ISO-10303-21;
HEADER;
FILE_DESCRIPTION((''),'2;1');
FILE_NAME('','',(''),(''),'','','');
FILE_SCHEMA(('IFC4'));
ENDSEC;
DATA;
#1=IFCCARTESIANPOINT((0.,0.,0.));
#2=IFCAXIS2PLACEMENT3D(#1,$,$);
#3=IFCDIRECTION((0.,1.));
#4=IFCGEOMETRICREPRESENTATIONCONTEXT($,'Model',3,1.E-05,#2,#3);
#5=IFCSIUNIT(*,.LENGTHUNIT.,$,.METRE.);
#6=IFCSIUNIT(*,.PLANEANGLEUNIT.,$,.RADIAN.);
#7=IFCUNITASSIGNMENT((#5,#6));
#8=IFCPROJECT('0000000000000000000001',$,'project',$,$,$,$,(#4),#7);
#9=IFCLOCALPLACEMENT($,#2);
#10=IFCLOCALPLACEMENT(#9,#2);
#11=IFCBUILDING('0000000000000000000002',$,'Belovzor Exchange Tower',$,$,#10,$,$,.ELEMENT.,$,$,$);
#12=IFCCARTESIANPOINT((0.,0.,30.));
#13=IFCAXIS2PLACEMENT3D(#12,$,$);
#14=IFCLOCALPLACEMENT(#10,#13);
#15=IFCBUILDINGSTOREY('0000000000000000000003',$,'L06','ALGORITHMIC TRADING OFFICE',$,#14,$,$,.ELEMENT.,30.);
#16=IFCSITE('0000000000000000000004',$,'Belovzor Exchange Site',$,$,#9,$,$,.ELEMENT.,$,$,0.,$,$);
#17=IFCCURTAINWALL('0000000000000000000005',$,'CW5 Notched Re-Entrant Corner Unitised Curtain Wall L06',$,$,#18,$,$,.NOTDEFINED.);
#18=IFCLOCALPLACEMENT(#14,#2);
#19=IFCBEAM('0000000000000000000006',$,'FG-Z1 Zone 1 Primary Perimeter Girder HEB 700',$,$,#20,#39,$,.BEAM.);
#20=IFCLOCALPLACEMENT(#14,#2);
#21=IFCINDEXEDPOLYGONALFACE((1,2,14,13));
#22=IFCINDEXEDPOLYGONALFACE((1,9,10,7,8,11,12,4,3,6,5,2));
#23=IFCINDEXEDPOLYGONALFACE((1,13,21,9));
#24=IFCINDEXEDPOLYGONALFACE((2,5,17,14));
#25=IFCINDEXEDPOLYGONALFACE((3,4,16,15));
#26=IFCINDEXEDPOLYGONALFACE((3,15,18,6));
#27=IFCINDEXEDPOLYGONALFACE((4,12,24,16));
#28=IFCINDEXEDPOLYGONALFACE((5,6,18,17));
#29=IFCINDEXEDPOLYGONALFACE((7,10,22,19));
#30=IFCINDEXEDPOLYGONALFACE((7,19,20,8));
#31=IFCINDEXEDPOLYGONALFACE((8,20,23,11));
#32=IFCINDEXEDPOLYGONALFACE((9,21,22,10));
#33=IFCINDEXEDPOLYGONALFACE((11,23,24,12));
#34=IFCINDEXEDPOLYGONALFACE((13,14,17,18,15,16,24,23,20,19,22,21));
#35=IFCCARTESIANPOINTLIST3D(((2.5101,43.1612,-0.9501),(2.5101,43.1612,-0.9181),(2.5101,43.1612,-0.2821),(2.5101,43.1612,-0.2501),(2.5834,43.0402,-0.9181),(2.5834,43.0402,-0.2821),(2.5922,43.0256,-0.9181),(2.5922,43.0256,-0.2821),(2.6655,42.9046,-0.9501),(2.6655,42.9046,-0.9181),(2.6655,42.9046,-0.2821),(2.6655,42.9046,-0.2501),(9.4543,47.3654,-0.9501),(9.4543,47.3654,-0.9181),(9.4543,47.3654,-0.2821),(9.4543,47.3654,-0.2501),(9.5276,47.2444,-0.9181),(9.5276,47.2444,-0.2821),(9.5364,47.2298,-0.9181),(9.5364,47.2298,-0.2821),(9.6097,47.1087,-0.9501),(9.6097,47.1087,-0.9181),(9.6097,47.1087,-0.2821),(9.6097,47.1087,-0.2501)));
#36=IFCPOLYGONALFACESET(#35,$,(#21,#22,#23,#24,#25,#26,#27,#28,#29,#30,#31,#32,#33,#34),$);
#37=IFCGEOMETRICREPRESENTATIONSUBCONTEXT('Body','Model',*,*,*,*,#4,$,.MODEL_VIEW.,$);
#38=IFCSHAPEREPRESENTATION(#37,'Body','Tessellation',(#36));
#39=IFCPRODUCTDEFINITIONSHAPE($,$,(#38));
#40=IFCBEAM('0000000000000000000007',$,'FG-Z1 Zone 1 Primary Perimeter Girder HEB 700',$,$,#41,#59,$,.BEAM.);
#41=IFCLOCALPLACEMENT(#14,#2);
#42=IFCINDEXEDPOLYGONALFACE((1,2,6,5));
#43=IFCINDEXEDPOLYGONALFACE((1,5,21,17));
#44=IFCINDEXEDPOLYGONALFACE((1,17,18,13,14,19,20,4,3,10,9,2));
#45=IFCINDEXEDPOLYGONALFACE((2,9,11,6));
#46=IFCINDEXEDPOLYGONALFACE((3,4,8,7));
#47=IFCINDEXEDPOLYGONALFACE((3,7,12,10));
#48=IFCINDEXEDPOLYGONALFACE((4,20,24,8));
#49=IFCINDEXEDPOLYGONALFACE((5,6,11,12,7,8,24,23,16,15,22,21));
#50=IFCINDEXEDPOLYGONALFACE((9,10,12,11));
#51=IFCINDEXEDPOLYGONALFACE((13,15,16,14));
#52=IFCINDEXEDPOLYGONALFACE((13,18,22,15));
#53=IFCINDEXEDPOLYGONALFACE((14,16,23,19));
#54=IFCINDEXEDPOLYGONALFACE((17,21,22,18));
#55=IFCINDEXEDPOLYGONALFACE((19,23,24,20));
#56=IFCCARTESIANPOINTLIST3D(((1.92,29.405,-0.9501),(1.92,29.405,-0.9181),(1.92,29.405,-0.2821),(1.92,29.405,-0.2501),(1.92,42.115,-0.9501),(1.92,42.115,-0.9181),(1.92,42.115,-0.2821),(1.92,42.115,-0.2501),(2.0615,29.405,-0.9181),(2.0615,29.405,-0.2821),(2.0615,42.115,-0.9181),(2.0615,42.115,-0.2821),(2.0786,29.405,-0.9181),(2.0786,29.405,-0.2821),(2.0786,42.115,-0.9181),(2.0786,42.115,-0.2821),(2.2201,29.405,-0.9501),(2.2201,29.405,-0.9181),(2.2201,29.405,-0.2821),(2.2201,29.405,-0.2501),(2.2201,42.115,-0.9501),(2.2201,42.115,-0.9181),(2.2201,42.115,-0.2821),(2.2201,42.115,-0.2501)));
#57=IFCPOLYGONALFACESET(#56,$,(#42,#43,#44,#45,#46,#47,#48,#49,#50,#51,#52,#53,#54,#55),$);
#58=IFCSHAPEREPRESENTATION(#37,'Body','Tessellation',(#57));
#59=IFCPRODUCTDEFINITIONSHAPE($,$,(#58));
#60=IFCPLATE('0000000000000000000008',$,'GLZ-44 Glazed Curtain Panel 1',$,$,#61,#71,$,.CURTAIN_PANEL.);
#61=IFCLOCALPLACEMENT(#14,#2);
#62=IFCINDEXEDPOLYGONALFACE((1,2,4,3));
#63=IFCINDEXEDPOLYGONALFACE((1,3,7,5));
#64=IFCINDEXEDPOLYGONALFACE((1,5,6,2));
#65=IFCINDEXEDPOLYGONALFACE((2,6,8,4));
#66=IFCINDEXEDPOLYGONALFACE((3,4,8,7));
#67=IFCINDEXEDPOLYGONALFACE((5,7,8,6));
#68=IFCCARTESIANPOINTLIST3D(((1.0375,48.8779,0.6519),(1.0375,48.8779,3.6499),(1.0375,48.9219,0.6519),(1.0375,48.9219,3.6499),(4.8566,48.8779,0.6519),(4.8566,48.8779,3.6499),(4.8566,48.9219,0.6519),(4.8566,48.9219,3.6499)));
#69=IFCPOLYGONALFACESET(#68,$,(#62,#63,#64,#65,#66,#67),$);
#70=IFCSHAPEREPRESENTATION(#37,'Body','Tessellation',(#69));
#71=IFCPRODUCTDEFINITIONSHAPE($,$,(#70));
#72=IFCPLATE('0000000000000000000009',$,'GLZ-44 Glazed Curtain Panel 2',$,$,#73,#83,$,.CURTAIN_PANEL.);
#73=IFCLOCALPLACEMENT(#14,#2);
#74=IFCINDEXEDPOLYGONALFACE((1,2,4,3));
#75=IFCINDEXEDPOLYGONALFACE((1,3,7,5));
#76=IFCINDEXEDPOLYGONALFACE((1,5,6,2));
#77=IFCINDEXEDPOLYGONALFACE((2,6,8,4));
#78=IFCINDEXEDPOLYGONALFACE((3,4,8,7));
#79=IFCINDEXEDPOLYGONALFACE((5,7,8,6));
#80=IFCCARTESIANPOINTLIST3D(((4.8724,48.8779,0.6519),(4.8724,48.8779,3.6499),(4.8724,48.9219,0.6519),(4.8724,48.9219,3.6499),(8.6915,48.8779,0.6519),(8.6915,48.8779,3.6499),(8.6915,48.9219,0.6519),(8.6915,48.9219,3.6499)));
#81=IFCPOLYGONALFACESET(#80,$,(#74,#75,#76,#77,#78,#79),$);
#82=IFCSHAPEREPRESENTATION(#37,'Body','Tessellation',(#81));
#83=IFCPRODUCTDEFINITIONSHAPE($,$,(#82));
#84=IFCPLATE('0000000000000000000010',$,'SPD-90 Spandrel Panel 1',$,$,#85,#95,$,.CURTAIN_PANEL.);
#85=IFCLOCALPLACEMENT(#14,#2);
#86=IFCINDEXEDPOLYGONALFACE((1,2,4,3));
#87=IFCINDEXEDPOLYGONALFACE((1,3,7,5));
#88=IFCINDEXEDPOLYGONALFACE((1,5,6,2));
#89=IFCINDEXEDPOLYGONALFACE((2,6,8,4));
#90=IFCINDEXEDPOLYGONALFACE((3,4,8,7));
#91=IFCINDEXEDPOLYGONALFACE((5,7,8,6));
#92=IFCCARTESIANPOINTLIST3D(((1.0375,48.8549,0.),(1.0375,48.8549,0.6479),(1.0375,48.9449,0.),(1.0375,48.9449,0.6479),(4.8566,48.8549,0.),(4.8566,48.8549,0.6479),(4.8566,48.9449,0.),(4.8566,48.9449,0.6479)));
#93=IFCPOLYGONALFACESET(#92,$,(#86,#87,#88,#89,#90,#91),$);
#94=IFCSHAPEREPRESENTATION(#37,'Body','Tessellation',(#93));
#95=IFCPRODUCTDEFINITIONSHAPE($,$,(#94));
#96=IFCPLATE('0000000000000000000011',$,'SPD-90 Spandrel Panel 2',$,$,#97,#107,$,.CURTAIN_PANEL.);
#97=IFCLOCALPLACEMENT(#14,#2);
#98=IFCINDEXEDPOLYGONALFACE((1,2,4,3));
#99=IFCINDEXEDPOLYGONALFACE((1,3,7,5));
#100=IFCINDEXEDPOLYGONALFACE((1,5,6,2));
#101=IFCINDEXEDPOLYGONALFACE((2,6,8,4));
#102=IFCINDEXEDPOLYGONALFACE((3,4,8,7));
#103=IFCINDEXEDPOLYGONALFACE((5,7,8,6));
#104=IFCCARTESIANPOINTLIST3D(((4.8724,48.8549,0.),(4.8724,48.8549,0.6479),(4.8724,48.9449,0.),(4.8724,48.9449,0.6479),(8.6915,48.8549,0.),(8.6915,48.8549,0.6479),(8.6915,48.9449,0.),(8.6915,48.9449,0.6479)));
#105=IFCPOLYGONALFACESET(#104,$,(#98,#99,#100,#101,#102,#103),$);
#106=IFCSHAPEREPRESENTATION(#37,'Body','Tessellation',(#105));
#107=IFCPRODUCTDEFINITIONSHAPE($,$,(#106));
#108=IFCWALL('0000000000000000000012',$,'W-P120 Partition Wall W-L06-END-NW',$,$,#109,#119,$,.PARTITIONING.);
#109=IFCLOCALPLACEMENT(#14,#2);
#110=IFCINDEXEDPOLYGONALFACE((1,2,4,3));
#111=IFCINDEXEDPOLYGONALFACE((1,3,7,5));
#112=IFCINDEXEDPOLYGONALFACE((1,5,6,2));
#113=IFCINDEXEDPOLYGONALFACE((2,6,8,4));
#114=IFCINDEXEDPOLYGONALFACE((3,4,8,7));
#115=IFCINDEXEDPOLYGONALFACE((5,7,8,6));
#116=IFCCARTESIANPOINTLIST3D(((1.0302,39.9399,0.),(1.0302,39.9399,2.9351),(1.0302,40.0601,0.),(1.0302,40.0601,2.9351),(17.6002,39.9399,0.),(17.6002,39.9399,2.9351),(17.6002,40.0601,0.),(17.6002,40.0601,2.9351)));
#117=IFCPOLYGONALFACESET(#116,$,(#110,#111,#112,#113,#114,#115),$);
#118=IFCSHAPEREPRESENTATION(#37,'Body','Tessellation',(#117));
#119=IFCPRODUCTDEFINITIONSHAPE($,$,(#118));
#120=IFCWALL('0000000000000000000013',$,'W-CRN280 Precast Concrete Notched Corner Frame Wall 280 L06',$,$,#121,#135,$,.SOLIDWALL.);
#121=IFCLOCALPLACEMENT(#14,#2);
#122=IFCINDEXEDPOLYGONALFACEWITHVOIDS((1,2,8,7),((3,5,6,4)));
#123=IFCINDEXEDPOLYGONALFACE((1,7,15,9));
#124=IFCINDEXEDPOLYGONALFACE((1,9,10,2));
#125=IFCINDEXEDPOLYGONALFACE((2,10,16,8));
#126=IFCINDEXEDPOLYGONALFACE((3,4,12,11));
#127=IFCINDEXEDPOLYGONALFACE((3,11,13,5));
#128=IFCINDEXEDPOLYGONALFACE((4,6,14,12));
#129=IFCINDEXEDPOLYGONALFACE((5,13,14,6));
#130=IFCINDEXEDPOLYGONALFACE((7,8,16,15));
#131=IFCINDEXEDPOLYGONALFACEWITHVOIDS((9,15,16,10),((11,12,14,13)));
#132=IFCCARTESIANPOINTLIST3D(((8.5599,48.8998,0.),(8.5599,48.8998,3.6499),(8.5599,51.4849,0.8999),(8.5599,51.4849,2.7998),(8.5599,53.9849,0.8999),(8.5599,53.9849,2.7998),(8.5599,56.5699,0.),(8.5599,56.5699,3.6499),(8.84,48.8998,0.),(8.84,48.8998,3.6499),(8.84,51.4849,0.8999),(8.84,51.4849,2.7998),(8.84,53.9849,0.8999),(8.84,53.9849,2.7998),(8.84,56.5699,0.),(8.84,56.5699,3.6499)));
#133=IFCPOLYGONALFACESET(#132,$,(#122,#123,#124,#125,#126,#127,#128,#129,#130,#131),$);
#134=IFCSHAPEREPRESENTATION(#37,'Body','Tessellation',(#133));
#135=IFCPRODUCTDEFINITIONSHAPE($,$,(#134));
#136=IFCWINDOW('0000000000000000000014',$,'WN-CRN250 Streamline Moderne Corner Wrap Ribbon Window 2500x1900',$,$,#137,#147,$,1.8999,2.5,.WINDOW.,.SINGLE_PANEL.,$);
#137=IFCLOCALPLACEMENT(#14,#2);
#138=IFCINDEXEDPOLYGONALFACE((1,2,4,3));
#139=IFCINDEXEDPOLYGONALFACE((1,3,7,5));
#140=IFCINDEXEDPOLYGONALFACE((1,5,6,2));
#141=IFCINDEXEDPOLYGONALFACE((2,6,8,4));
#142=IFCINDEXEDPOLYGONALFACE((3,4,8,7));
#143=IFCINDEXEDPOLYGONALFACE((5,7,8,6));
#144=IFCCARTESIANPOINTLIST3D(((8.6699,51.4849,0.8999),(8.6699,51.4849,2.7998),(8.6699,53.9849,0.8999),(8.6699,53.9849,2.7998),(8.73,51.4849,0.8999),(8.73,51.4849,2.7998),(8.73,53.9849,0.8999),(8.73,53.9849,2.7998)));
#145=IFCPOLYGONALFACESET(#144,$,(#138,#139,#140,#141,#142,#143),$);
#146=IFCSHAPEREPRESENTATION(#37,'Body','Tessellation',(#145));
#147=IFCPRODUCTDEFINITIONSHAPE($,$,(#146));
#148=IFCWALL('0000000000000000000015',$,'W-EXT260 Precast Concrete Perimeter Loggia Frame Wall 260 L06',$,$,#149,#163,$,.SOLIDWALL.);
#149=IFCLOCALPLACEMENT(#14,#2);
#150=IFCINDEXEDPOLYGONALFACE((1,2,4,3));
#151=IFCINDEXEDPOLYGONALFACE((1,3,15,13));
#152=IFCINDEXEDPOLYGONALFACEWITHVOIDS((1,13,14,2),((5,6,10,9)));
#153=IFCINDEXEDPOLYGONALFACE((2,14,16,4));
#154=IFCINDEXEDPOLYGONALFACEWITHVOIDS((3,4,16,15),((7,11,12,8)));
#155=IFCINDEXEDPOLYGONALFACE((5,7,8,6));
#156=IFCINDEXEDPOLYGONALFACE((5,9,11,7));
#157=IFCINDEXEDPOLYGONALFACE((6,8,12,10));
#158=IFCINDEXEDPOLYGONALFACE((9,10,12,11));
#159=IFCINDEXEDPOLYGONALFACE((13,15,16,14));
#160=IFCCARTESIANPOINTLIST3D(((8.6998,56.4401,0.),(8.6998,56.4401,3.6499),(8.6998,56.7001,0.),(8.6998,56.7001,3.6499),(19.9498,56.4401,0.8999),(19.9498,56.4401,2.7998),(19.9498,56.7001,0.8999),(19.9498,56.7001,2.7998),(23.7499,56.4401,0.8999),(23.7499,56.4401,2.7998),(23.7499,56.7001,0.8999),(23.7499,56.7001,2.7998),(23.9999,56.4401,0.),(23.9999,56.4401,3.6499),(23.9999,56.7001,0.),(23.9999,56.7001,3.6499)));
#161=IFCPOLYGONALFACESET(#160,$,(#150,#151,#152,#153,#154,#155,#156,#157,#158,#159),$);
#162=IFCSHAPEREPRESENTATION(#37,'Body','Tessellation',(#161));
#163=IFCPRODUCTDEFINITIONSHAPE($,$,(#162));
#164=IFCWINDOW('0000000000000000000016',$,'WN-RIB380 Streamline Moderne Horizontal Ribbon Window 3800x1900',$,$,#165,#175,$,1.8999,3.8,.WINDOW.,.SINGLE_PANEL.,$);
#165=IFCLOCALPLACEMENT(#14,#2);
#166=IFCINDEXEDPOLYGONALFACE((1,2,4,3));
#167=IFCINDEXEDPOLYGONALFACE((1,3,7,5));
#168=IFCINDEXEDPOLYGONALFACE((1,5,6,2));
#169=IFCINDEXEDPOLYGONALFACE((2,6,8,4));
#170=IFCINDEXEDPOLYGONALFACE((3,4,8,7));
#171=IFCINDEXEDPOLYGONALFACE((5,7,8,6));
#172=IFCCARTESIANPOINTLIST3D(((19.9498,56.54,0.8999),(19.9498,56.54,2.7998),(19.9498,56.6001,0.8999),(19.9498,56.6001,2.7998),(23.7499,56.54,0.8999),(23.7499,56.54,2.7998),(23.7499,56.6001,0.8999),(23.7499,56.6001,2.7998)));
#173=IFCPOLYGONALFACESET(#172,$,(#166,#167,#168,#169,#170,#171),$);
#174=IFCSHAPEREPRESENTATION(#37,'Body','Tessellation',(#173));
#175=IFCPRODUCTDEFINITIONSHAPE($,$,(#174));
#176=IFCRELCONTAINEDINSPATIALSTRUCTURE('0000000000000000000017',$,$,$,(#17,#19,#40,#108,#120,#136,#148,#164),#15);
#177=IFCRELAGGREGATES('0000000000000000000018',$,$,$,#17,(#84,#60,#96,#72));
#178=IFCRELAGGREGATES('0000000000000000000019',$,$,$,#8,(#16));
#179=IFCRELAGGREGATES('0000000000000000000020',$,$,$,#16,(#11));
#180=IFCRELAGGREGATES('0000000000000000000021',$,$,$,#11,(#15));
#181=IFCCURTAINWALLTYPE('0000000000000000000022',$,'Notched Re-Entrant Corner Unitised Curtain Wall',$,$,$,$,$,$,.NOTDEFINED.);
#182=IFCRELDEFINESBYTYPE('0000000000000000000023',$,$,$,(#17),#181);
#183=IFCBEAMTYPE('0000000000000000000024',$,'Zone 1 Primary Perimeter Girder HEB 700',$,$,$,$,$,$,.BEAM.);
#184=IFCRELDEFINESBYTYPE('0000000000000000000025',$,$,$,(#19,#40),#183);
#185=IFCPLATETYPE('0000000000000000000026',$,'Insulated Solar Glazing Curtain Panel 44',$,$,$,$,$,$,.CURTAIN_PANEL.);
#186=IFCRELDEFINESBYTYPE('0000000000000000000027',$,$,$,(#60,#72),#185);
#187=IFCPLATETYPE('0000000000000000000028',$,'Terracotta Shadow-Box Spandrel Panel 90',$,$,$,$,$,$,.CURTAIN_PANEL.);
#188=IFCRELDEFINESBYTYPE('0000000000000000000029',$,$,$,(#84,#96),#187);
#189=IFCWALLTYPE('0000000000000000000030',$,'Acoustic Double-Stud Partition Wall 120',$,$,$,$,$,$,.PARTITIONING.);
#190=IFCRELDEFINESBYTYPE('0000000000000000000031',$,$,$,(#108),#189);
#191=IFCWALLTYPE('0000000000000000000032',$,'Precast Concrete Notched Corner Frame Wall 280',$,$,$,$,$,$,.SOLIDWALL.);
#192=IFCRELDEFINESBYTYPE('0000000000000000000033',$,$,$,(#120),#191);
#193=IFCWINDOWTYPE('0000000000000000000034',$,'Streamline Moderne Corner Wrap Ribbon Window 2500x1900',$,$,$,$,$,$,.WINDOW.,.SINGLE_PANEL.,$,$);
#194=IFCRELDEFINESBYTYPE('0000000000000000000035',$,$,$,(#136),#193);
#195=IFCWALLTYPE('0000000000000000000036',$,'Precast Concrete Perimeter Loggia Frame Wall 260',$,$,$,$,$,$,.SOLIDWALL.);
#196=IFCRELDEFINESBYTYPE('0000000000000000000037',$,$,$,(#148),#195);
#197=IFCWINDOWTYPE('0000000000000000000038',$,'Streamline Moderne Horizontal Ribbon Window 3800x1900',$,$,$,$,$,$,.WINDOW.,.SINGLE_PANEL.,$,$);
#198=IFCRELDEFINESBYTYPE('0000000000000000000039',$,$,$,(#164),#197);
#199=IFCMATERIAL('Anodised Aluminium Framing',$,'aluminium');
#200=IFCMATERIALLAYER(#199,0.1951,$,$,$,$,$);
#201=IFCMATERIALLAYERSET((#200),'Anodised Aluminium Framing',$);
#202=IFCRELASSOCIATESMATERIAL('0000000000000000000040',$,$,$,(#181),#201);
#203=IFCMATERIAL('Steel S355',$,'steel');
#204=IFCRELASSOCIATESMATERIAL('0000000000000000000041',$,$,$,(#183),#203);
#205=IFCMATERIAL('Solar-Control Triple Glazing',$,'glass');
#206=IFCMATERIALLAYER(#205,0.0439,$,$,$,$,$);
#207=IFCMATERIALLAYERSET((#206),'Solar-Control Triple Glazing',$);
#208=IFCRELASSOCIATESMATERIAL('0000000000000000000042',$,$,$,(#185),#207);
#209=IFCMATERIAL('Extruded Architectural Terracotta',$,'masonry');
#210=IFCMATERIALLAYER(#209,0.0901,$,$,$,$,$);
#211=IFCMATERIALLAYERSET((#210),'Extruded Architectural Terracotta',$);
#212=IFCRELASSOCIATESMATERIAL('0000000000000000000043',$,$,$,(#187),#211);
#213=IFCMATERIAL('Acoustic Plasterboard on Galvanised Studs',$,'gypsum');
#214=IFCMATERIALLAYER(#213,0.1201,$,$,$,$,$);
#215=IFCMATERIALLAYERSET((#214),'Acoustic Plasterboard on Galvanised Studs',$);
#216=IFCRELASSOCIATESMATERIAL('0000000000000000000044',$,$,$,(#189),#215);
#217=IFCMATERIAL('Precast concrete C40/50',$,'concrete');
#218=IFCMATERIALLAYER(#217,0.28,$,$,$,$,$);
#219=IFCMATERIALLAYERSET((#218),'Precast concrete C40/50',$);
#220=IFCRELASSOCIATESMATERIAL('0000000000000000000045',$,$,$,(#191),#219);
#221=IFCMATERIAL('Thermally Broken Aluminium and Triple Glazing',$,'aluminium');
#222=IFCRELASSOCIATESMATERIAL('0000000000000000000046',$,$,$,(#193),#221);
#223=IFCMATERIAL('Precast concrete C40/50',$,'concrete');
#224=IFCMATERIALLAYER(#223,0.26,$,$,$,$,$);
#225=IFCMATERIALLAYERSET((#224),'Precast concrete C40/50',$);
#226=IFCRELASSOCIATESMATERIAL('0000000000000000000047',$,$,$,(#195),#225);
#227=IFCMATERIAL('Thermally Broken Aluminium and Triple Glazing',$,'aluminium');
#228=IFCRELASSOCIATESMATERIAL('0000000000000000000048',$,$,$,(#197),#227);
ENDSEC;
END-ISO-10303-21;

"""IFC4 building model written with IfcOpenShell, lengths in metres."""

from ifc_helpers import new_model, si_unit, direction, frame, frame_2d, origin, origin_2d, place, context, subcontext, project, spatial, rectangle, i_section, extrude, material, layer, layer_set, material_profile, profile_set, type_object, element, fill, aggregate, save


model = new_model("IFC4")

# Units and contexts
model_context = context("Model", 3, precision=1e-05, world=origin(), true_north=direction((0.0, 1.0)))
body_context = subcontext(model_context, "Body", "Model", "MODEL_VIEW")
ifc_project = project(units=[si_unit("LENGTHUNIT", "METRE"), si_unit("PLANEANGLEUNIT", "RADIAN")], contexts=[model_context])

# Site, building, storey
site_placement = place(None, origin())
site = spatial("IfcSite", under=ifc_project, at=site_placement, Name="Belovzor Exchange Site", CompositionType="ELEMENT", RefElevation=0.0)
building_placement = place(site_placement, origin())
building = spatial("IfcBuilding", under=site, at=building_placement, Name="Belovzor Exchange Tower", CompositionType="ELEMENT")
storey_placement = place(building_placement, frame((0.0, 0.0, 30.0)))
storey = spatial("IfcBuildingStorey", under=building, at=storey_placement, Name="L06", Description="ALGORITHMIC TRADING OFFICE", CompositionType="ELEMENT", Elevation=30.0)

# Curtain wall
ifc_material_1 = material(Name="Anodised Aluminium Framing", Category="aluminium")
ifc_layer_1 = layer(ifc_material_1, 0.1951)
ifc_layer_set_1 = layer_set([ifc_layer_1], Name="Anodised Aluminium Framing")
curtain_wall_type = type_object("IfcCurtainWallType", Name="Notched Re-Entrant Corner Unitised Curtain Wall", PredefinedType="NOTDEFINED", material=ifc_layer_set_1)
curtain_wall_placement = place(storey_placement, origin())
curtain_wall = element("IfcCurtainWall", 1, at=curtain_wall_placement, inside=storey, type_object=curtain_wall_type, Name="CW5 Notched Re-Entrant Corner Unitised Curtain Wall L06", PredefinedType="NOTDEFINED")

# Beams
ifc_material_2 = material(Name="Steel S355", Category="steel")
ifc_material_profile_1 = material_profile(ifc_material_2, i_section(OverallWidth=0.3, OverallDepth=0.7, WebThickness=0.0171, FlangeThickness=0.032, at=origin_2d()))
ifc_profile_set_1 = profile_set([ifc_material_profile_1], Name="Steel S355")
beam_type_1 = type_object("IfcBeamType", Name="Zone 1 Primary Perimeter Girder HEB 700", PredefinedType="BEAM", material=ifc_profile_set_1)
beam_1_placement = place(storey_placement, frame((9.532, 47.2371, -0.6001), z_axis=(-0.85544, -0.517902, 0.0), x_axis=(0.517902, -0.85544, 0.0)))
element("IfcBeam", 2, at=beam_1_placement, inside=storey, type_object=beam_type_1, Name="FG-Z1 Zone 1 Primary Perimeter Girder HEB 700", PredefinedType="BEAM", context=body_context, shape_type="SweptSolid", body=[
    extrude(i_section(OverallWidth=0.3, OverallDepth=0.7, WebThickness=0.0171, FlangeThickness=0.032, at=origin_2d()), origin(), (0.0, 0.0, 1.0), 8.1177),
])
beam_2_placement = place(storey_placement, frame((2.0701, 42.115, -0.6001), z_axis=(0.0, -1.0, 0.0), x_axis=(1.0, 0.0, 0.0)))
element("IfcBeam", 3, at=beam_2_placement, inside=storey, type_object=beam_type_1, Name="FG-Z1 Zone 1 Primary Perimeter Girder HEB 700", PredefinedType="BEAM", context=body_context, shape_type="SweptSolid", body=[
    extrude(i_section(OverallWidth=0.3, OverallDepth=0.7, WebThickness=0.0171, FlangeThickness=0.032, at=origin_2d()), origin(), (0.0, 0.0, 1.0), 12.71),
])

# Plates
ifc_material_3 = material(Name="Solar-Control Triple Glazing", Category="glass")
ifc_layer_2 = layer(ifc_material_3, 0.0439)
ifc_layer_set_2 = layer_set([ifc_layer_2], Name="Solar-Control Triple Glazing")
plate_type_1 = type_object("IfcPlateType", Name="Insulated Solar Glazing Curtain Panel 44", PredefinedType="CURTAIN_PANEL", material=ifc_layer_set_2)
plate_1_placement = place(storey_placement, frame((2.947, 48.8999, 0.6519), z_axis=(0.0, 0.0, 1.0), x_axis=(1.0, 0.0, 0.0)))
plate_1 = element("IfcPlate", 4, at=plate_1_placement, type_object=plate_type_1, Name="GLZ-44 Glazed Curtain Panel 1", PredefinedType="CURTAIN_PANEL", context=body_context, shape_type="SweptSolid", body=[
    extrude(rectangle(XDim=3.8191, YDim=0.0439, at=origin_2d()), origin(), (0.0, 0.0, 1.0), 2.998),
])
plate_2_placement = place(storey_placement, frame((6.782, 48.8999, 0.6519), z_axis=(0.0, 0.0, 1.0), x_axis=(1.0, 0.0, 0.0)))
plate_2 = element("IfcPlate", 5, at=plate_2_placement, type_object=plate_type_1, Name="GLZ-44 Glazed Curtain Panel 2", PredefinedType="CURTAIN_PANEL", context=body_context, shape_type="SweptSolid", body=[
    extrude(rectangle(XDim=3.8191, YDim=0.0439, at=origin_2d()), origin(), (0.0, 0.0, 1.0), 2.998),
])
ifc_material_4 = material(Name="Extruded Architectural Terracotta", Category="masonry")
ifc_layer_3 = layer(ifc_material_4, 0.0901)
ifc_layer_set_3 = layer_set([ifc_layer_3], Name="Extruded Architectural Terracotta")
plate_type_2 = type_object("IfcPlateType", Name="Terracotta Shadow-Box Spandrel Panel 90", PredefinedType="CURTAIN_PANEL", material=ifc_layer_set_3)
plate_3_placement = place(storey_placement, frame((2.947, 48.8999, 0.0), z_axis=(0.0, 0.0, 1.0), x_axis=(1.0, 0.0, 0.0)))
plate_3 = element("IfcPlate", 6, at=plate_3_placement, type_object=plate_type_2, Name="SPD-90 Spandrel Panel 1", PredefinedType="CURTAIN_PANEL", context=body_context, shape_type="SweptSolid", body=[
    extrude(rectangle(XDim=3.8191, YDim=0.0901, at=origin_2d()), origin(), (0.0, 0.0, 1.0), 0.6479),
])
plate_4_placement = place(storey_placement, frame((6.782, 48.8999, 0.0), z_axis=(0.0, 0.0, 1.0), x_axis=(1.0, 0.0, 0.0)))
plate_4 = element("IfcPlate", 7, at=plate_4_placement, type_object=plate_type_2, Name="SPD-90 Spandrel Panel 2", PredefinedType="CURTAIN_PANEL", context=body_context, shape_type="SweptSolid", body=[
    extrude(rectangle(XDim=3.8191, YDim=0.0901, at=origin_2d()), origin(), (0.0, 0.0, 1.0), 0.6479),
])
aggregate(curtain_wall, [plate_3, plate_1, plate_4, plate_2])

# Wall
ifc_material_5 = material(Name="Acoustic Plasterboard on Galvanised Studs", Category="gypsum")
ifc_layer_4 = layer(ifc_material_5, 0.1201)
ifc_layer_set_4 = layer_set([ifc_layer_4], Name="Acoustic Plasterboard on Galvanised Studs")
wall_type_1 = type_object("IfcWallType", Name="Acoustic Double-Stud Partition Wall 120", PredefinedType="PARTITIONING", material=ifc_layer_set_4)
wall_1_placement = place(storey_placement, frame((1.03, 40.0, 0.0), z_axis=(0.0, 0.0, 1.0), x_axis=(1.0, 0.0, 0.0)))
element("IfcWall", 8, at=wall_1_placement, inside=storey, type_object=wall_type_1, Name="W-P120 Partition Wall W-L06-END-NW", PredefinedType="PARTITIONING", context=body_context, shape_type="SweptSolid", body=[
    extrude(rectangle(XDim=16.5701, YDim=0.1201, at=frame_2d((8.2852, 0.0))), origin(), (0.0, 0.0, 1.0), 2.9351),
])

# Walls, openings, windows
ifc_material_6 = material(Name="Precast concrete C40/50", Category="concrete")
ifc_layer_5 = layer(ifc_material_6, 0.28)
ifc_layer_set_5 = layer_set([ifc_layer_5], Name="Precast concrete C40/50")
wall_type_2 = type_object("IfcWallType", Name="Precast Concrete Notched Corner Frame Wall 280", PredefinedType="SOLIDWALL", material=ifc_layer_set_5)
wall_2_placement = place(storey_placement, frame((8.7, 48.8999, 0.0), z_axis=(0.0, 0.0, 1.0), x_axis=(0.0, 1.0, 0.0)))
wall_2 = element("IfcWall", 9, at=wall_2_placement, inside=storey, type_object=wall_type_2, Name="W-CRN280 Precast Concrete Notched Corner Frame Wall 280 L06", PredefinedType="SOLIDWALL", context=body_context, shape_type="SweptSolid", body=[
    extrude(rectangle(XDim=7.6702, YDim=0.28, at=frame_2d((3.835, 0.0))), origin(), (0.0, 0.0, 1.0), 3.6499),
])
opening_1_placement = place(wall_2_placement, frame((2.585, 0.0, 0.8999)))
opening_1 = element("IfcOpeningElement", 10, at=opening_1_placement, cuts=wall_2, PredefinedType="OPENING", context=body_context, shape_type="SweptSolid", body=[
    extrude(rectangle(XDim=2.5, YDim=1.8999, at=frame_2d((1.25, 0.95))), frame((0.0, 0.1499, 0.0), z_axis=(0.0, -1.0, 0.0), x_axis=(1.0, 0.0, 0.0)), (0.0, 0.0, 1.0), 0.3),
])
ifc_material_7 = material(Name="Thermally Broken Aluminium and Triple Glazing", Category="aluminium")
window_type_1 = type_object("IfcWindowType", Name="Streamline Moderne Corner Wrap Ribbon Window 2500x1900", PartitioningType="SINGLE_PANEL", PredefinedType="WINDOW", material=ifc_material_7)
window_1_placement = place(opening_1_placement, origin())
window_1 = element("IfcWindow", 11, at=window_1_placement, inside=storey, type_object=window_type_1, Name="WN-CRN250 Streamline Moderne Corner Wrap Ribbon Window 2500x1900", OverallHeight=1.8999, OverallWidth=2.5, PartitioningType="SINGLE_PANEL", PredefinedType="WINDOW", context=body_context, shape_type="SweptSolid", body=[
    extrude(rectangle(XDim=2.5, YDim=1.8999, at=frame_2d((1.25, 0.95))), frame((0.0, 0.03, 0.0), z_axis=(0.0, -1.0, 0.0), x_axis=(1.0, 0.0, 0.0)), (0.0, 0.0, 1.0), 0.0601),
])
fill(opening_1, window_1)
ifc_material_8 = material(Name="Precast concrete C40/50", Category="concrete")
ifc_layer_6 = layer(ifc_material_8, 0.26)
ifc_layer_set_6 = layer_set([ifc_layer_6], Name="Precast concrete C40/50")
wall_type_3 = type_object("IfcWallType", Name="Precast Concrete Perimeter Loggia Frame Wall 260", PredefinedType="SOLIDWALL", material=ifc_layer_set_6)
wall_3_placement = place(storey_placement, frame((8.7, 56.5701, 0.0), z_axis=(0.0, 0.0, 1.0), x_axis=(1.0, 0.0, 0.0)))
wall_3 = element("IfcWall", 12, at=wall_3_placement, inside=storey, type_object=wall_type_3, Name="W-EXT260 Precast Concrete Perimeter Loggia Frame Wall 260 L06", PredefinedType="SOLIDWALL", context=body_context, shape_type="SweptSolid", body=[
    extrude(rectangle(XDim=15.3, YDim=0.26, at=frame_2d((7.6499, 0.0))), origin(), (0.0, 0.0, 1.0), 3.6499),
])
opening_2_placement = place(wall_3_placement, frame((11.25, 0.0, 0.8999)))
opening_2 = element("IfcOpeningElement", 13, at=opening_2_placement, cuts=wall_3, PredefinedType="OPENING", context=body_context, shape_type="SweptSolid", body=[
    extrude(rectangle(XDim=3.8, YDim=1.8999, at=frame_2d((1.8999, 0.95))), frame((0.0, 0.1399, 0.0), z_axis=(0.0, -1.0, 0.0), x_axis=(1.0, 0.0, 0.0)), (0.0, 0.0, 1.0), 0.28),
])
ifc_material_9 = material(Name="Thermally Broken Aluminium and Triple Glazing", Category="aluminium")
window_type_2 = type_object("IfcWindowType", Name="Streamline Moderne Horizontal Ribbon Window 3800x1900", PartitioningType="SINGLE_PANEL", PredefinedType="WINDOW", material=ifc_material_9)
window_2_placement = place(opening_2_placement, origin())
window_2 = element("IfcWindow", 14, at=window_2_placement, inside=storey, type_object=window_type_2, Name="WN-RIB380 Streamline Moderne Horizontal Ribbon Window 3800x1900", OverallHeight=1.8999, OverallWidth=3.8, PartitioningType="SINGLE_PANEL", PredefinedType="WINDOW", context=body_context, shape_type="SweptSolid", body=[
    extrude(rectangle(XDim=3.8, YDim=1.8999, at=frame_2d((1.8999, 0.95))), frame((0.0, 0.03, 0.0), z_axis=(0.0, -1.0, 0.0), x_axis=(1.0, 0.0, 0.0)), (0.0, 0.0, 1.0), 0.0601),
])
fill(opening_2, window_2)

save(model, "model.ifc")
